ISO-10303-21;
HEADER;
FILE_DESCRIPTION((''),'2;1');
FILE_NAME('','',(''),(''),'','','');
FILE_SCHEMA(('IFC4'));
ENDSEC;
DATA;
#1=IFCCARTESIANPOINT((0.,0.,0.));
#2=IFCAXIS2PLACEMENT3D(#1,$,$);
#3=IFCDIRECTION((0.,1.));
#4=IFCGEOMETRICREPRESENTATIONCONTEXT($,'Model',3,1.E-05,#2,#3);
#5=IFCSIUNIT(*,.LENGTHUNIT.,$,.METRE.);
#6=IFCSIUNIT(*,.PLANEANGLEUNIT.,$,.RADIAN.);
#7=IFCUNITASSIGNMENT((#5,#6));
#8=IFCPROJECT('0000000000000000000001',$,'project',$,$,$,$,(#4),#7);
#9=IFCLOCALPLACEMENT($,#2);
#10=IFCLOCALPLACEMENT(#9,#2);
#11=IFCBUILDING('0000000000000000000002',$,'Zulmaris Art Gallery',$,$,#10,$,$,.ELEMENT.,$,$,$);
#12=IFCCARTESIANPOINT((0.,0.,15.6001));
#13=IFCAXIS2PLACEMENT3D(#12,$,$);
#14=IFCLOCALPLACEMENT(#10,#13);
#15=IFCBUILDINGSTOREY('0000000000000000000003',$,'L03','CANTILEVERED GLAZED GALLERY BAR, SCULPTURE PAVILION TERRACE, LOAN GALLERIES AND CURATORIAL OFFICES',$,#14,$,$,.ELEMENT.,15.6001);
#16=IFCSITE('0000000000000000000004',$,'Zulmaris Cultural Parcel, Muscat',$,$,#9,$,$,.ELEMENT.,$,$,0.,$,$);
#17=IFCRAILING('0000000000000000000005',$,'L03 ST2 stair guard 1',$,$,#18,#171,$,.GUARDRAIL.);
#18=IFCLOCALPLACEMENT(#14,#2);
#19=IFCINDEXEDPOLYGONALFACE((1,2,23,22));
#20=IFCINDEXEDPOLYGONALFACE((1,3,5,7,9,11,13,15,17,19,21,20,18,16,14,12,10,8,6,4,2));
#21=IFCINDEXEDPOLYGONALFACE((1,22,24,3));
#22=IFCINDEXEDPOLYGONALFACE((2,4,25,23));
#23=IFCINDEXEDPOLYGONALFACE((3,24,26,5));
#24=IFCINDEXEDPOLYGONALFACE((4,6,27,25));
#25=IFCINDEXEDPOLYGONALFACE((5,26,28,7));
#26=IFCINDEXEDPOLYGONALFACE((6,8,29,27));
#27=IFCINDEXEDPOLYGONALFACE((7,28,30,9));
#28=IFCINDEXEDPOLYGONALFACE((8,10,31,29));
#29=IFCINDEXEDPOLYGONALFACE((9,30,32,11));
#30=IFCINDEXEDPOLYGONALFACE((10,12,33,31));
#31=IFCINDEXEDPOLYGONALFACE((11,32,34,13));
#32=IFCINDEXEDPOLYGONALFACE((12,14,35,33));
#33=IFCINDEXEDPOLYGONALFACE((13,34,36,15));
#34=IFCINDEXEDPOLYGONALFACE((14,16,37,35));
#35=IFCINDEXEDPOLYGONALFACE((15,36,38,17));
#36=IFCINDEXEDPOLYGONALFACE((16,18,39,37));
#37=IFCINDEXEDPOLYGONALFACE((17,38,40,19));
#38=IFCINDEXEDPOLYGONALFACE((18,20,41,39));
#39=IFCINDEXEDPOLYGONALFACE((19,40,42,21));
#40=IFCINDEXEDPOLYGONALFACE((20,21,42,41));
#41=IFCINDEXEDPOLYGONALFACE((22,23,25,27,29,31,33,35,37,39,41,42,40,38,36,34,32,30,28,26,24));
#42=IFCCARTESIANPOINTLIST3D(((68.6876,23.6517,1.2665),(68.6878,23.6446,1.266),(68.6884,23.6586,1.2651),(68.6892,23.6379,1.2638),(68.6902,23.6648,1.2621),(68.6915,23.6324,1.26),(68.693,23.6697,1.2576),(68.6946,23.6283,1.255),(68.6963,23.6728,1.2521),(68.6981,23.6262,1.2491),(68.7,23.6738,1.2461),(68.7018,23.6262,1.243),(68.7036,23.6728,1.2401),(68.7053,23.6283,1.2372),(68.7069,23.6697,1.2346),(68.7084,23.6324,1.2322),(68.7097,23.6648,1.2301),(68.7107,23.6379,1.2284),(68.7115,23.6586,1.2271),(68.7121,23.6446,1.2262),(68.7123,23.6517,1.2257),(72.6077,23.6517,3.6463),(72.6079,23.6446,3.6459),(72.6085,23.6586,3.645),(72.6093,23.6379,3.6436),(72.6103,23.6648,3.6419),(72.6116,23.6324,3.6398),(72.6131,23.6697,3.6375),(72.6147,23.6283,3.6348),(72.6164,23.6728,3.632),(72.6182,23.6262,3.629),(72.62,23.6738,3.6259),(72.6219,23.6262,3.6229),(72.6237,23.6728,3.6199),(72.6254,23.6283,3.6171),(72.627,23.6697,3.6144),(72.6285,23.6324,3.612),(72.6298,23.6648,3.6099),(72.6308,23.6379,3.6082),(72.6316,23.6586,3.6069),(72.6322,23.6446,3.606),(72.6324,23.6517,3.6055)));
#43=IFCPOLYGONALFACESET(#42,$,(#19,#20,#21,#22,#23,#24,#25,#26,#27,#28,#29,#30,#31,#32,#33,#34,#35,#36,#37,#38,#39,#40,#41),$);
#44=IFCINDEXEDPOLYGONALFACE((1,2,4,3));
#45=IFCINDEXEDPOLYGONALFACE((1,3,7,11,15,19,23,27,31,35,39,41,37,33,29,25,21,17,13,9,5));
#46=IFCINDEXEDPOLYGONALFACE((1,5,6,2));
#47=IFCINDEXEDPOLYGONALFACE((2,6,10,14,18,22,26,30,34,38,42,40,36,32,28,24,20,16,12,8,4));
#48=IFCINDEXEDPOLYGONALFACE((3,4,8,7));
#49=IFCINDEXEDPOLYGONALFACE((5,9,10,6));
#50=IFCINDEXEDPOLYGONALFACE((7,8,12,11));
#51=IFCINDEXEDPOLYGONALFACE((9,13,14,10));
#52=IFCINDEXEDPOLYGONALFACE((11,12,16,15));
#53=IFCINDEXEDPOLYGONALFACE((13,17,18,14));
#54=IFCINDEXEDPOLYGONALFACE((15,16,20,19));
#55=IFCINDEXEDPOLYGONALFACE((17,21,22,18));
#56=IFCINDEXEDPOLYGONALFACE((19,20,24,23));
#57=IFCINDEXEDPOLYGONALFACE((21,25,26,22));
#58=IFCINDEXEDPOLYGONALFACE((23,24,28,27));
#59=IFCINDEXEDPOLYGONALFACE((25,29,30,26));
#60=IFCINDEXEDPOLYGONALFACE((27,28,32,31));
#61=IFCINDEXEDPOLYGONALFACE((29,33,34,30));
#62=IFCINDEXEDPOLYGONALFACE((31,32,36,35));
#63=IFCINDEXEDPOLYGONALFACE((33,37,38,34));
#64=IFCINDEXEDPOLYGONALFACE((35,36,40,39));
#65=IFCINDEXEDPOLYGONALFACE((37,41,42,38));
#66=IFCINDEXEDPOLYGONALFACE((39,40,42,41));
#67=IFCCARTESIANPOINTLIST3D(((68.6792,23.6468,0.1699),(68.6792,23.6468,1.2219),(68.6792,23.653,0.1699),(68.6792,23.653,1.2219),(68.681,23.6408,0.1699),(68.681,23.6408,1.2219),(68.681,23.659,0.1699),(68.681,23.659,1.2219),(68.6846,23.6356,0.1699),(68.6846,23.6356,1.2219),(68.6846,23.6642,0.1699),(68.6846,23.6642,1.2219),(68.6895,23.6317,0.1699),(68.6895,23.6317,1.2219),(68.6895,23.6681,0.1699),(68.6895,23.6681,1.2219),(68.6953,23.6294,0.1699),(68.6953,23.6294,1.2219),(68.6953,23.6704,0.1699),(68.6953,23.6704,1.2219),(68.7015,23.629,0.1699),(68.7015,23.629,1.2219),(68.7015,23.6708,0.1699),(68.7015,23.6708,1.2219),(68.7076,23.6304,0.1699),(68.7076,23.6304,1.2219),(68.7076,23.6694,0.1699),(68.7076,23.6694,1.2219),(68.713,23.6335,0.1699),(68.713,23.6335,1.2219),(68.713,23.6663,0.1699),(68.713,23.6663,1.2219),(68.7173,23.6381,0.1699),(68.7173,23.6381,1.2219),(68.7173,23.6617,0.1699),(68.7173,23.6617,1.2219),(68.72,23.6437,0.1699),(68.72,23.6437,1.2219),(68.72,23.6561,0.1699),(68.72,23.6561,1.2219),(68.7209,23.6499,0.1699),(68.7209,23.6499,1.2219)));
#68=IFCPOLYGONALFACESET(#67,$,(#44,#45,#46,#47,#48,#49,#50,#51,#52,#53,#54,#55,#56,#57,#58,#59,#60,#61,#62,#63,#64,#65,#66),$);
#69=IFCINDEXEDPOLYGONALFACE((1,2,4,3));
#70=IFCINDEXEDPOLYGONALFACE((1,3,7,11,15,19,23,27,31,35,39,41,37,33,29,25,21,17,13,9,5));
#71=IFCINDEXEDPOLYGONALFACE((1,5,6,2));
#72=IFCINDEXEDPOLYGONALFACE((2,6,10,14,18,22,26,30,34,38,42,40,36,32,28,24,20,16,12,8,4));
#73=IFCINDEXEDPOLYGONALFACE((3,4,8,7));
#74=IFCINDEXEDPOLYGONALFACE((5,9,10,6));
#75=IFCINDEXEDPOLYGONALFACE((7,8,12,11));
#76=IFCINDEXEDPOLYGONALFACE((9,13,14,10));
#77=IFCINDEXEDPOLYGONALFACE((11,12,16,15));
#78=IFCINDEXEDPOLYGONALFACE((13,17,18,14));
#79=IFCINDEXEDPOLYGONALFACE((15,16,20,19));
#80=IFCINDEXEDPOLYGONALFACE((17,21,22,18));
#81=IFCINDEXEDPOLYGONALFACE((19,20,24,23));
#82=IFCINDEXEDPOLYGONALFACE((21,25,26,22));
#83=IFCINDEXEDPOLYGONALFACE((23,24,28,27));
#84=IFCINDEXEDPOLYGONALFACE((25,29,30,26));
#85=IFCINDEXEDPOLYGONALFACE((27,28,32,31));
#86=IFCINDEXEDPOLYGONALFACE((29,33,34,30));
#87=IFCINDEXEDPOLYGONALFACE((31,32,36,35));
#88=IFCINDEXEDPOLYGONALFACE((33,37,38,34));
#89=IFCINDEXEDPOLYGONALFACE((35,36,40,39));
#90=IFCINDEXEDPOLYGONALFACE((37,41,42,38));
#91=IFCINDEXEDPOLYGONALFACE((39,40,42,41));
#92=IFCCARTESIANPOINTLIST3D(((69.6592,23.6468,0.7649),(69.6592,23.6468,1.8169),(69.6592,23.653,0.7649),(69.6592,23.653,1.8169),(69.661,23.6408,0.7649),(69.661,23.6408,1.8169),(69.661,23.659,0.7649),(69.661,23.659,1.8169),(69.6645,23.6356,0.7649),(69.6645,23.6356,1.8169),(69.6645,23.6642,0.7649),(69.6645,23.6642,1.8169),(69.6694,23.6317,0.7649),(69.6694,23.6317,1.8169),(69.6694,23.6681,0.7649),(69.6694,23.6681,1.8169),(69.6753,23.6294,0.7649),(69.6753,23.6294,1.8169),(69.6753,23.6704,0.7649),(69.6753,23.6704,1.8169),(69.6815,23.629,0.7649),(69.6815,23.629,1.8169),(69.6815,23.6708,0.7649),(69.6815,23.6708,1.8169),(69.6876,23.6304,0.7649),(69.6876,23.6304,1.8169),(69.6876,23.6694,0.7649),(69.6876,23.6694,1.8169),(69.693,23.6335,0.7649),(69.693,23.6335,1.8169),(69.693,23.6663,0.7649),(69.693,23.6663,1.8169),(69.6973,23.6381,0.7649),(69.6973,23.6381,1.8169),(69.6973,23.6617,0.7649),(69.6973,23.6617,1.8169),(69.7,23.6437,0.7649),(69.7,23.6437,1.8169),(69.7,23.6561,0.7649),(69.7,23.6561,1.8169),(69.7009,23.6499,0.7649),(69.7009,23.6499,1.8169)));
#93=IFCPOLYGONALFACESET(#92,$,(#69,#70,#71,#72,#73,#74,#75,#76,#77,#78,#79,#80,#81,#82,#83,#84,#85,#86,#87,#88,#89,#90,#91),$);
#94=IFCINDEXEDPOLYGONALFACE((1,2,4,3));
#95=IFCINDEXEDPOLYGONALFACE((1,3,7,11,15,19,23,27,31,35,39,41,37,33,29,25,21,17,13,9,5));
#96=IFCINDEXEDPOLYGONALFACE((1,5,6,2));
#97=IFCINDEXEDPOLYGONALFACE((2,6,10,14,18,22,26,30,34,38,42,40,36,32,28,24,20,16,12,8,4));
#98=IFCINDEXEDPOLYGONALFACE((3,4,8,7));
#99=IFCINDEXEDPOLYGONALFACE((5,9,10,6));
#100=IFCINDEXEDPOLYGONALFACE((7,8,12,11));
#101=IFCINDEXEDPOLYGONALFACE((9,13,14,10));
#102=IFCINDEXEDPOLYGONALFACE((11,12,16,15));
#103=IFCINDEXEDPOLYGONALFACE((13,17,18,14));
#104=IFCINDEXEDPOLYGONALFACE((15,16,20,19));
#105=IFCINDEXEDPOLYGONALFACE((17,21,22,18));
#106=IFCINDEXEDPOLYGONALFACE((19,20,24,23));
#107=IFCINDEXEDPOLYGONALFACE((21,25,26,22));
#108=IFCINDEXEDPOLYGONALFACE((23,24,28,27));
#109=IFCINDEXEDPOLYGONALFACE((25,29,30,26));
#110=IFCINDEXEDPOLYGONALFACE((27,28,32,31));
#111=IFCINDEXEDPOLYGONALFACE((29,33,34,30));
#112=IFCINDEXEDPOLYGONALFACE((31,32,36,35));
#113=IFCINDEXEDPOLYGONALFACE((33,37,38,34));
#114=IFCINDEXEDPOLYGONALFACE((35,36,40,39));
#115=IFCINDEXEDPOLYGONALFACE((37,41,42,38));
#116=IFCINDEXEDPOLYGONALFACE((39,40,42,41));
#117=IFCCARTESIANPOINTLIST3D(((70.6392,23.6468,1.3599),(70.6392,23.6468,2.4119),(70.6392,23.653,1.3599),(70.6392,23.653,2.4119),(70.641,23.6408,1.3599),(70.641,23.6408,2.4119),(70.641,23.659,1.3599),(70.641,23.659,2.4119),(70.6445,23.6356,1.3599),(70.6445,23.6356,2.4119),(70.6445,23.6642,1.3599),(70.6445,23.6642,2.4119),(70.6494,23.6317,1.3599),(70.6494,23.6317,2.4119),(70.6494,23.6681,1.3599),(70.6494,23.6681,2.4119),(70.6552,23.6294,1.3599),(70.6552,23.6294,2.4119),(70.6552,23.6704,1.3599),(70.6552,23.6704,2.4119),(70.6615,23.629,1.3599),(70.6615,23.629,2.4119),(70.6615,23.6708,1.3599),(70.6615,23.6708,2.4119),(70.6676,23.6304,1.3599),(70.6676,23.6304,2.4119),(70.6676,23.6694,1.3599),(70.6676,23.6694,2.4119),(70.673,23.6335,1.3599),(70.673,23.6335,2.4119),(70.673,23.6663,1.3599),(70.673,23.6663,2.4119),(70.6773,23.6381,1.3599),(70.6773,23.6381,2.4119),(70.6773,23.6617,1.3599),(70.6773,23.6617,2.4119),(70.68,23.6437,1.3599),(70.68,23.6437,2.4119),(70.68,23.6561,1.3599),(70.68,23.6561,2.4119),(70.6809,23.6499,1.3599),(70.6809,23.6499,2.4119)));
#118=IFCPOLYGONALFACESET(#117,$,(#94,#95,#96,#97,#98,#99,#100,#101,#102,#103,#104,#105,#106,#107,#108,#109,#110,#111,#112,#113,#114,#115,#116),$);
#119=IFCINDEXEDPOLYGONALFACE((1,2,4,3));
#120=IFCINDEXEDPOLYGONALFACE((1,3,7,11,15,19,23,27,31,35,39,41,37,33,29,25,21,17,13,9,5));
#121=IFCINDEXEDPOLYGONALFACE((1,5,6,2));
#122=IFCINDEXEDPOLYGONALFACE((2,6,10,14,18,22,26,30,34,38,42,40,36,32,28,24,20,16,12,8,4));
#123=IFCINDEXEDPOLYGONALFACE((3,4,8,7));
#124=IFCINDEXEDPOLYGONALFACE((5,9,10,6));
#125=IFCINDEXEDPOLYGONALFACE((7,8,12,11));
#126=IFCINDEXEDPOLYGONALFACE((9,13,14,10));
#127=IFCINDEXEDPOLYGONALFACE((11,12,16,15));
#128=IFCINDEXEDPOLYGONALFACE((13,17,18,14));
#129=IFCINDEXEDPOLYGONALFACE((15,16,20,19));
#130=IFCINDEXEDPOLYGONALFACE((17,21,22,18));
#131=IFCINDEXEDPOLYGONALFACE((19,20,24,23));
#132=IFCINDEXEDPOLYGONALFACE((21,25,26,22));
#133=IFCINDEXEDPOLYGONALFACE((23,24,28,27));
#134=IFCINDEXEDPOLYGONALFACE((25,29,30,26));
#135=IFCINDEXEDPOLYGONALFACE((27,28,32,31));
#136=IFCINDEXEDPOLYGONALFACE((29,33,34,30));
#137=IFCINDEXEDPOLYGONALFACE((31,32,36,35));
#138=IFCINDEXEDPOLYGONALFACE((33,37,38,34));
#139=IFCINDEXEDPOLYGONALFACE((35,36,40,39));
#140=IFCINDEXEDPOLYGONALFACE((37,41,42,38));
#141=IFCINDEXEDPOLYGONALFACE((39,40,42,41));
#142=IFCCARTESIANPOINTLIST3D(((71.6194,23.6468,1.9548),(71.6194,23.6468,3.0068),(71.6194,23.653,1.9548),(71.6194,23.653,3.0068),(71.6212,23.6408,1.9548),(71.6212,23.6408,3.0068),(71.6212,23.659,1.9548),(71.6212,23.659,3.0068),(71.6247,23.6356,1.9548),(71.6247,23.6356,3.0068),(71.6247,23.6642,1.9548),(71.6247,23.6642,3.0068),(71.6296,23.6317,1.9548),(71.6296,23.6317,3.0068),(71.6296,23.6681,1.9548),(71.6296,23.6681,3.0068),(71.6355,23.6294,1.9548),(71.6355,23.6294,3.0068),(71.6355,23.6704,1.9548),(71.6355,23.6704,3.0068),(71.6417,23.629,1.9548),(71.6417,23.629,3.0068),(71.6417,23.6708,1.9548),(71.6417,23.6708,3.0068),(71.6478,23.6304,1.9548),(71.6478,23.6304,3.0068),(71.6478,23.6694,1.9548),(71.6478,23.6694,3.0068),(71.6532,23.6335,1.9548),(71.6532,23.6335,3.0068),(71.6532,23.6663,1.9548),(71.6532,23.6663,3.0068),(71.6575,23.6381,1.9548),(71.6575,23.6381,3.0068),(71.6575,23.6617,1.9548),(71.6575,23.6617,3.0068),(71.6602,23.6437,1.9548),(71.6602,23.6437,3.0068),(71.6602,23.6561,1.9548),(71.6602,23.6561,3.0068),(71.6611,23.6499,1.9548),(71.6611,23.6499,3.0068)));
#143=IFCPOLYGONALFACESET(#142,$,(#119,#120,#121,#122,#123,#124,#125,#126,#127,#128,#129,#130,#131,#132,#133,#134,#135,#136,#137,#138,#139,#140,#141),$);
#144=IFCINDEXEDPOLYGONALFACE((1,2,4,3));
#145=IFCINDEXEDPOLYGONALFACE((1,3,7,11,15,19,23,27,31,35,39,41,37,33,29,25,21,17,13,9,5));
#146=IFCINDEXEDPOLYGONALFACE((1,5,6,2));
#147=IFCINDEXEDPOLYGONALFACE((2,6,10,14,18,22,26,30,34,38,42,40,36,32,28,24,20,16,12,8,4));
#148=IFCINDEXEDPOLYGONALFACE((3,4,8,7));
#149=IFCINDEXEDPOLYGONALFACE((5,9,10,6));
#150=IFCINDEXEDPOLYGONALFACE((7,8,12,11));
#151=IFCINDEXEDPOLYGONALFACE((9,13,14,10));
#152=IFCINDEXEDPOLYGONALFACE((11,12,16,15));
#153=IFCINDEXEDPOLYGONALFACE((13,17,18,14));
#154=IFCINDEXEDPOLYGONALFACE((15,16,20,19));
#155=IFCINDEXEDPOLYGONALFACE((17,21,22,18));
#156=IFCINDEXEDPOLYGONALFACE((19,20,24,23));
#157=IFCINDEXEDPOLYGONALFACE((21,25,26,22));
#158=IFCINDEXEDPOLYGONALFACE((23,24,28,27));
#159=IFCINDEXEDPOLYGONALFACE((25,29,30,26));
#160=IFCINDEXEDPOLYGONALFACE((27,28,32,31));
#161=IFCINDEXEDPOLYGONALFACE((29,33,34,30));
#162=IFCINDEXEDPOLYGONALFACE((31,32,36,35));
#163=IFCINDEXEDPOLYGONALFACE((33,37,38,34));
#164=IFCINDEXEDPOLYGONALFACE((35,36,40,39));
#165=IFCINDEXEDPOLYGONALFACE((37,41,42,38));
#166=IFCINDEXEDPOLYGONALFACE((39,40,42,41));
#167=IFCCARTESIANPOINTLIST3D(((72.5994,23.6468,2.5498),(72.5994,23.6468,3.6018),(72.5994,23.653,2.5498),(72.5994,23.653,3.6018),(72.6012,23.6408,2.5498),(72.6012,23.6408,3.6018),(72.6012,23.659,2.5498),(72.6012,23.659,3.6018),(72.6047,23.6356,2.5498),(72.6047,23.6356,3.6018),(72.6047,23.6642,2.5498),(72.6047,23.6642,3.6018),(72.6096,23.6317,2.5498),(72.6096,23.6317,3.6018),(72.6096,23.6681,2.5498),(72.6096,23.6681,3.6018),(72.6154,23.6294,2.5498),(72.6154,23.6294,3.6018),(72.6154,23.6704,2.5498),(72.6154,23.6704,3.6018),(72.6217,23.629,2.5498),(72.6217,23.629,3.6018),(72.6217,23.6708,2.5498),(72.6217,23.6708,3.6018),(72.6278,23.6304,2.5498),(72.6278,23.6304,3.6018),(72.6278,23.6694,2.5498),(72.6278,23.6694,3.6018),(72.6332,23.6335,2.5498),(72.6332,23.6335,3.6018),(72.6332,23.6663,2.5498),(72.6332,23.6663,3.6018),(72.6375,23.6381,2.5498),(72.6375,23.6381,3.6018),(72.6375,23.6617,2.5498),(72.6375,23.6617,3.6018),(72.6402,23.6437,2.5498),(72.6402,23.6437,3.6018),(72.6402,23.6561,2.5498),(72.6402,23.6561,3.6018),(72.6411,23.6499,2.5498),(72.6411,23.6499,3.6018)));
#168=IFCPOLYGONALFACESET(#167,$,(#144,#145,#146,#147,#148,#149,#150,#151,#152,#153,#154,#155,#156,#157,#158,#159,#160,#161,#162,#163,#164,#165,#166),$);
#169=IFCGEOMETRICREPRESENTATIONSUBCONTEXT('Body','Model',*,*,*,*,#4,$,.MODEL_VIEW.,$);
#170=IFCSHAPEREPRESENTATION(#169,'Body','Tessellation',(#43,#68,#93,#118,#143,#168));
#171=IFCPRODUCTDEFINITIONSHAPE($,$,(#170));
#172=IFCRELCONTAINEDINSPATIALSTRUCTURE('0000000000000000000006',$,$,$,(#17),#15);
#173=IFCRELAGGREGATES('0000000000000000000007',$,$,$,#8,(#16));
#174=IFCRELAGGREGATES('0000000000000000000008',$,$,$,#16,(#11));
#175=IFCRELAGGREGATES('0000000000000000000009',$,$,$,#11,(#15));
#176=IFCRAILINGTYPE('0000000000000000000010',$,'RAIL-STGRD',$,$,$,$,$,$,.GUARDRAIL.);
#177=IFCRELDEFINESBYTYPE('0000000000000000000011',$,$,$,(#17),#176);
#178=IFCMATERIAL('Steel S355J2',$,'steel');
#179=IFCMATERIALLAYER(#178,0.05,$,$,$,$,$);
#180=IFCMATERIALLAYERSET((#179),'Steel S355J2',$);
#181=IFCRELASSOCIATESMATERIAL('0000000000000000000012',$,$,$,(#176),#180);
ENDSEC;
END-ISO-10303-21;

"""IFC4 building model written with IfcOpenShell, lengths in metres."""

from ifc_helpers import new_model, si_unit, direction, frame, origin, origin_2d, place, context, subcontext, project, spatial, circle, extrude, material, layer, layer_set, type_object, element, save


model = new_model("IFC4")

# Units and contexts
model_context = context("Model", 3, precision=1e-05, world=origin(), true_north=direction((0.0, 1.0)))
body_context = subcontext(model_context, "Body", "Model", "MODEL_VIEW")
ifc_project = project(units=[si_unit("LENGTHUNIT", "METRE"), si_unit("PLANEANGLEUNIT", "RADIAN")], contexts=[model_context])

# Site, building, storey
site_placement = place(None, origin())
site = spatial("IfcSite", under=ifc_project, at=site_placement, Name="Zulmaris Cultural Parcel, Muscat", CompositionType="ELEMENT", RefElevation=0.0)
building_placement = place(site_placement, origin())
building = spatial("IfcBuilding", under=site, at=building_placement, Name="Zulmaris Art Gallery", CompositionType="ELEMENT")
storey_placement = place(building_placement, frame((0.0, 0.0, 15.6001)))
storey = spatial("IfcBuildingStorey", under=building, at=storey_placement, Name="L03", Description="CANTILEVERED GLAZED GALLERY BAR, SCULPTURE PAVILION TERRACE, LOAN GALLERIES AND CURATORIAL OFFICES", CompositionType="ELEMENT", Elevation=15.6001)

# Shared definitions
ifc_material_1 = material(Name="Steel S355J2", Category="steel")

# Railing
ifc_layer_1 = layer(ifc_material_1, 0.05)
ifc_layer_set_1 = layer_set([ifc_layer_1], Name="Steel S355J2")
railing_type_1 = type_object("IfcRailingType", Name="RAIL-STGRD", PredefinedType="GUARDRAIL", material=ifc_layer_set_1)
railing_1_placement = place(storey_placement, frame((68.7, 23.6499, 0.1699)))
element("IfcRailing", 1, at=railing_1_placement, inside=storey, type_object=railing_type_1, Name="L03 ST2 stair guard 1", PredefinedType="GUARDRAIL", context=body_context, shape_type="SweptSolid", body=[
    extrude(circle(Radius=0.0239, at=origin_2d()), frame((0.0, 0.0, 1.0762), z_axis=(0.854809, 0.0, 0.518943), x_axis=(0.0, 1.0, 0.0)), (0.0, 0.0, 1.0), 4.5859),
    extrude(circle(Radius=0.021, at=origin_2d()), origin(), (0.0, 0.0, 1.0), 1.052),
    extrude(circle(Radius=0.021, at=origin_2d()), frame((0.98, 0.0, 0.595)), (0.0, 0.0, 1.0), 1.052),
    extrude(circle(Radius=0.021, at=origin_2d()), frame((1.96, 0.0, 1.1899)), (0.0, 0.0, 1.0), 1.052),
    extrude(circle(Radius=0.021, at=origin_2d()), frame((2.9402, 0.0, 1.7849)), (0.0, 0.0, 1.0), 1.052),
    extrude(circle(Radius=0.021, at=origin_2d()), frame((3.9202, 0.0, 2.3799)), (0.0, 0.0, 1.0), 1.052),
])

save(model, "model.ifc")
